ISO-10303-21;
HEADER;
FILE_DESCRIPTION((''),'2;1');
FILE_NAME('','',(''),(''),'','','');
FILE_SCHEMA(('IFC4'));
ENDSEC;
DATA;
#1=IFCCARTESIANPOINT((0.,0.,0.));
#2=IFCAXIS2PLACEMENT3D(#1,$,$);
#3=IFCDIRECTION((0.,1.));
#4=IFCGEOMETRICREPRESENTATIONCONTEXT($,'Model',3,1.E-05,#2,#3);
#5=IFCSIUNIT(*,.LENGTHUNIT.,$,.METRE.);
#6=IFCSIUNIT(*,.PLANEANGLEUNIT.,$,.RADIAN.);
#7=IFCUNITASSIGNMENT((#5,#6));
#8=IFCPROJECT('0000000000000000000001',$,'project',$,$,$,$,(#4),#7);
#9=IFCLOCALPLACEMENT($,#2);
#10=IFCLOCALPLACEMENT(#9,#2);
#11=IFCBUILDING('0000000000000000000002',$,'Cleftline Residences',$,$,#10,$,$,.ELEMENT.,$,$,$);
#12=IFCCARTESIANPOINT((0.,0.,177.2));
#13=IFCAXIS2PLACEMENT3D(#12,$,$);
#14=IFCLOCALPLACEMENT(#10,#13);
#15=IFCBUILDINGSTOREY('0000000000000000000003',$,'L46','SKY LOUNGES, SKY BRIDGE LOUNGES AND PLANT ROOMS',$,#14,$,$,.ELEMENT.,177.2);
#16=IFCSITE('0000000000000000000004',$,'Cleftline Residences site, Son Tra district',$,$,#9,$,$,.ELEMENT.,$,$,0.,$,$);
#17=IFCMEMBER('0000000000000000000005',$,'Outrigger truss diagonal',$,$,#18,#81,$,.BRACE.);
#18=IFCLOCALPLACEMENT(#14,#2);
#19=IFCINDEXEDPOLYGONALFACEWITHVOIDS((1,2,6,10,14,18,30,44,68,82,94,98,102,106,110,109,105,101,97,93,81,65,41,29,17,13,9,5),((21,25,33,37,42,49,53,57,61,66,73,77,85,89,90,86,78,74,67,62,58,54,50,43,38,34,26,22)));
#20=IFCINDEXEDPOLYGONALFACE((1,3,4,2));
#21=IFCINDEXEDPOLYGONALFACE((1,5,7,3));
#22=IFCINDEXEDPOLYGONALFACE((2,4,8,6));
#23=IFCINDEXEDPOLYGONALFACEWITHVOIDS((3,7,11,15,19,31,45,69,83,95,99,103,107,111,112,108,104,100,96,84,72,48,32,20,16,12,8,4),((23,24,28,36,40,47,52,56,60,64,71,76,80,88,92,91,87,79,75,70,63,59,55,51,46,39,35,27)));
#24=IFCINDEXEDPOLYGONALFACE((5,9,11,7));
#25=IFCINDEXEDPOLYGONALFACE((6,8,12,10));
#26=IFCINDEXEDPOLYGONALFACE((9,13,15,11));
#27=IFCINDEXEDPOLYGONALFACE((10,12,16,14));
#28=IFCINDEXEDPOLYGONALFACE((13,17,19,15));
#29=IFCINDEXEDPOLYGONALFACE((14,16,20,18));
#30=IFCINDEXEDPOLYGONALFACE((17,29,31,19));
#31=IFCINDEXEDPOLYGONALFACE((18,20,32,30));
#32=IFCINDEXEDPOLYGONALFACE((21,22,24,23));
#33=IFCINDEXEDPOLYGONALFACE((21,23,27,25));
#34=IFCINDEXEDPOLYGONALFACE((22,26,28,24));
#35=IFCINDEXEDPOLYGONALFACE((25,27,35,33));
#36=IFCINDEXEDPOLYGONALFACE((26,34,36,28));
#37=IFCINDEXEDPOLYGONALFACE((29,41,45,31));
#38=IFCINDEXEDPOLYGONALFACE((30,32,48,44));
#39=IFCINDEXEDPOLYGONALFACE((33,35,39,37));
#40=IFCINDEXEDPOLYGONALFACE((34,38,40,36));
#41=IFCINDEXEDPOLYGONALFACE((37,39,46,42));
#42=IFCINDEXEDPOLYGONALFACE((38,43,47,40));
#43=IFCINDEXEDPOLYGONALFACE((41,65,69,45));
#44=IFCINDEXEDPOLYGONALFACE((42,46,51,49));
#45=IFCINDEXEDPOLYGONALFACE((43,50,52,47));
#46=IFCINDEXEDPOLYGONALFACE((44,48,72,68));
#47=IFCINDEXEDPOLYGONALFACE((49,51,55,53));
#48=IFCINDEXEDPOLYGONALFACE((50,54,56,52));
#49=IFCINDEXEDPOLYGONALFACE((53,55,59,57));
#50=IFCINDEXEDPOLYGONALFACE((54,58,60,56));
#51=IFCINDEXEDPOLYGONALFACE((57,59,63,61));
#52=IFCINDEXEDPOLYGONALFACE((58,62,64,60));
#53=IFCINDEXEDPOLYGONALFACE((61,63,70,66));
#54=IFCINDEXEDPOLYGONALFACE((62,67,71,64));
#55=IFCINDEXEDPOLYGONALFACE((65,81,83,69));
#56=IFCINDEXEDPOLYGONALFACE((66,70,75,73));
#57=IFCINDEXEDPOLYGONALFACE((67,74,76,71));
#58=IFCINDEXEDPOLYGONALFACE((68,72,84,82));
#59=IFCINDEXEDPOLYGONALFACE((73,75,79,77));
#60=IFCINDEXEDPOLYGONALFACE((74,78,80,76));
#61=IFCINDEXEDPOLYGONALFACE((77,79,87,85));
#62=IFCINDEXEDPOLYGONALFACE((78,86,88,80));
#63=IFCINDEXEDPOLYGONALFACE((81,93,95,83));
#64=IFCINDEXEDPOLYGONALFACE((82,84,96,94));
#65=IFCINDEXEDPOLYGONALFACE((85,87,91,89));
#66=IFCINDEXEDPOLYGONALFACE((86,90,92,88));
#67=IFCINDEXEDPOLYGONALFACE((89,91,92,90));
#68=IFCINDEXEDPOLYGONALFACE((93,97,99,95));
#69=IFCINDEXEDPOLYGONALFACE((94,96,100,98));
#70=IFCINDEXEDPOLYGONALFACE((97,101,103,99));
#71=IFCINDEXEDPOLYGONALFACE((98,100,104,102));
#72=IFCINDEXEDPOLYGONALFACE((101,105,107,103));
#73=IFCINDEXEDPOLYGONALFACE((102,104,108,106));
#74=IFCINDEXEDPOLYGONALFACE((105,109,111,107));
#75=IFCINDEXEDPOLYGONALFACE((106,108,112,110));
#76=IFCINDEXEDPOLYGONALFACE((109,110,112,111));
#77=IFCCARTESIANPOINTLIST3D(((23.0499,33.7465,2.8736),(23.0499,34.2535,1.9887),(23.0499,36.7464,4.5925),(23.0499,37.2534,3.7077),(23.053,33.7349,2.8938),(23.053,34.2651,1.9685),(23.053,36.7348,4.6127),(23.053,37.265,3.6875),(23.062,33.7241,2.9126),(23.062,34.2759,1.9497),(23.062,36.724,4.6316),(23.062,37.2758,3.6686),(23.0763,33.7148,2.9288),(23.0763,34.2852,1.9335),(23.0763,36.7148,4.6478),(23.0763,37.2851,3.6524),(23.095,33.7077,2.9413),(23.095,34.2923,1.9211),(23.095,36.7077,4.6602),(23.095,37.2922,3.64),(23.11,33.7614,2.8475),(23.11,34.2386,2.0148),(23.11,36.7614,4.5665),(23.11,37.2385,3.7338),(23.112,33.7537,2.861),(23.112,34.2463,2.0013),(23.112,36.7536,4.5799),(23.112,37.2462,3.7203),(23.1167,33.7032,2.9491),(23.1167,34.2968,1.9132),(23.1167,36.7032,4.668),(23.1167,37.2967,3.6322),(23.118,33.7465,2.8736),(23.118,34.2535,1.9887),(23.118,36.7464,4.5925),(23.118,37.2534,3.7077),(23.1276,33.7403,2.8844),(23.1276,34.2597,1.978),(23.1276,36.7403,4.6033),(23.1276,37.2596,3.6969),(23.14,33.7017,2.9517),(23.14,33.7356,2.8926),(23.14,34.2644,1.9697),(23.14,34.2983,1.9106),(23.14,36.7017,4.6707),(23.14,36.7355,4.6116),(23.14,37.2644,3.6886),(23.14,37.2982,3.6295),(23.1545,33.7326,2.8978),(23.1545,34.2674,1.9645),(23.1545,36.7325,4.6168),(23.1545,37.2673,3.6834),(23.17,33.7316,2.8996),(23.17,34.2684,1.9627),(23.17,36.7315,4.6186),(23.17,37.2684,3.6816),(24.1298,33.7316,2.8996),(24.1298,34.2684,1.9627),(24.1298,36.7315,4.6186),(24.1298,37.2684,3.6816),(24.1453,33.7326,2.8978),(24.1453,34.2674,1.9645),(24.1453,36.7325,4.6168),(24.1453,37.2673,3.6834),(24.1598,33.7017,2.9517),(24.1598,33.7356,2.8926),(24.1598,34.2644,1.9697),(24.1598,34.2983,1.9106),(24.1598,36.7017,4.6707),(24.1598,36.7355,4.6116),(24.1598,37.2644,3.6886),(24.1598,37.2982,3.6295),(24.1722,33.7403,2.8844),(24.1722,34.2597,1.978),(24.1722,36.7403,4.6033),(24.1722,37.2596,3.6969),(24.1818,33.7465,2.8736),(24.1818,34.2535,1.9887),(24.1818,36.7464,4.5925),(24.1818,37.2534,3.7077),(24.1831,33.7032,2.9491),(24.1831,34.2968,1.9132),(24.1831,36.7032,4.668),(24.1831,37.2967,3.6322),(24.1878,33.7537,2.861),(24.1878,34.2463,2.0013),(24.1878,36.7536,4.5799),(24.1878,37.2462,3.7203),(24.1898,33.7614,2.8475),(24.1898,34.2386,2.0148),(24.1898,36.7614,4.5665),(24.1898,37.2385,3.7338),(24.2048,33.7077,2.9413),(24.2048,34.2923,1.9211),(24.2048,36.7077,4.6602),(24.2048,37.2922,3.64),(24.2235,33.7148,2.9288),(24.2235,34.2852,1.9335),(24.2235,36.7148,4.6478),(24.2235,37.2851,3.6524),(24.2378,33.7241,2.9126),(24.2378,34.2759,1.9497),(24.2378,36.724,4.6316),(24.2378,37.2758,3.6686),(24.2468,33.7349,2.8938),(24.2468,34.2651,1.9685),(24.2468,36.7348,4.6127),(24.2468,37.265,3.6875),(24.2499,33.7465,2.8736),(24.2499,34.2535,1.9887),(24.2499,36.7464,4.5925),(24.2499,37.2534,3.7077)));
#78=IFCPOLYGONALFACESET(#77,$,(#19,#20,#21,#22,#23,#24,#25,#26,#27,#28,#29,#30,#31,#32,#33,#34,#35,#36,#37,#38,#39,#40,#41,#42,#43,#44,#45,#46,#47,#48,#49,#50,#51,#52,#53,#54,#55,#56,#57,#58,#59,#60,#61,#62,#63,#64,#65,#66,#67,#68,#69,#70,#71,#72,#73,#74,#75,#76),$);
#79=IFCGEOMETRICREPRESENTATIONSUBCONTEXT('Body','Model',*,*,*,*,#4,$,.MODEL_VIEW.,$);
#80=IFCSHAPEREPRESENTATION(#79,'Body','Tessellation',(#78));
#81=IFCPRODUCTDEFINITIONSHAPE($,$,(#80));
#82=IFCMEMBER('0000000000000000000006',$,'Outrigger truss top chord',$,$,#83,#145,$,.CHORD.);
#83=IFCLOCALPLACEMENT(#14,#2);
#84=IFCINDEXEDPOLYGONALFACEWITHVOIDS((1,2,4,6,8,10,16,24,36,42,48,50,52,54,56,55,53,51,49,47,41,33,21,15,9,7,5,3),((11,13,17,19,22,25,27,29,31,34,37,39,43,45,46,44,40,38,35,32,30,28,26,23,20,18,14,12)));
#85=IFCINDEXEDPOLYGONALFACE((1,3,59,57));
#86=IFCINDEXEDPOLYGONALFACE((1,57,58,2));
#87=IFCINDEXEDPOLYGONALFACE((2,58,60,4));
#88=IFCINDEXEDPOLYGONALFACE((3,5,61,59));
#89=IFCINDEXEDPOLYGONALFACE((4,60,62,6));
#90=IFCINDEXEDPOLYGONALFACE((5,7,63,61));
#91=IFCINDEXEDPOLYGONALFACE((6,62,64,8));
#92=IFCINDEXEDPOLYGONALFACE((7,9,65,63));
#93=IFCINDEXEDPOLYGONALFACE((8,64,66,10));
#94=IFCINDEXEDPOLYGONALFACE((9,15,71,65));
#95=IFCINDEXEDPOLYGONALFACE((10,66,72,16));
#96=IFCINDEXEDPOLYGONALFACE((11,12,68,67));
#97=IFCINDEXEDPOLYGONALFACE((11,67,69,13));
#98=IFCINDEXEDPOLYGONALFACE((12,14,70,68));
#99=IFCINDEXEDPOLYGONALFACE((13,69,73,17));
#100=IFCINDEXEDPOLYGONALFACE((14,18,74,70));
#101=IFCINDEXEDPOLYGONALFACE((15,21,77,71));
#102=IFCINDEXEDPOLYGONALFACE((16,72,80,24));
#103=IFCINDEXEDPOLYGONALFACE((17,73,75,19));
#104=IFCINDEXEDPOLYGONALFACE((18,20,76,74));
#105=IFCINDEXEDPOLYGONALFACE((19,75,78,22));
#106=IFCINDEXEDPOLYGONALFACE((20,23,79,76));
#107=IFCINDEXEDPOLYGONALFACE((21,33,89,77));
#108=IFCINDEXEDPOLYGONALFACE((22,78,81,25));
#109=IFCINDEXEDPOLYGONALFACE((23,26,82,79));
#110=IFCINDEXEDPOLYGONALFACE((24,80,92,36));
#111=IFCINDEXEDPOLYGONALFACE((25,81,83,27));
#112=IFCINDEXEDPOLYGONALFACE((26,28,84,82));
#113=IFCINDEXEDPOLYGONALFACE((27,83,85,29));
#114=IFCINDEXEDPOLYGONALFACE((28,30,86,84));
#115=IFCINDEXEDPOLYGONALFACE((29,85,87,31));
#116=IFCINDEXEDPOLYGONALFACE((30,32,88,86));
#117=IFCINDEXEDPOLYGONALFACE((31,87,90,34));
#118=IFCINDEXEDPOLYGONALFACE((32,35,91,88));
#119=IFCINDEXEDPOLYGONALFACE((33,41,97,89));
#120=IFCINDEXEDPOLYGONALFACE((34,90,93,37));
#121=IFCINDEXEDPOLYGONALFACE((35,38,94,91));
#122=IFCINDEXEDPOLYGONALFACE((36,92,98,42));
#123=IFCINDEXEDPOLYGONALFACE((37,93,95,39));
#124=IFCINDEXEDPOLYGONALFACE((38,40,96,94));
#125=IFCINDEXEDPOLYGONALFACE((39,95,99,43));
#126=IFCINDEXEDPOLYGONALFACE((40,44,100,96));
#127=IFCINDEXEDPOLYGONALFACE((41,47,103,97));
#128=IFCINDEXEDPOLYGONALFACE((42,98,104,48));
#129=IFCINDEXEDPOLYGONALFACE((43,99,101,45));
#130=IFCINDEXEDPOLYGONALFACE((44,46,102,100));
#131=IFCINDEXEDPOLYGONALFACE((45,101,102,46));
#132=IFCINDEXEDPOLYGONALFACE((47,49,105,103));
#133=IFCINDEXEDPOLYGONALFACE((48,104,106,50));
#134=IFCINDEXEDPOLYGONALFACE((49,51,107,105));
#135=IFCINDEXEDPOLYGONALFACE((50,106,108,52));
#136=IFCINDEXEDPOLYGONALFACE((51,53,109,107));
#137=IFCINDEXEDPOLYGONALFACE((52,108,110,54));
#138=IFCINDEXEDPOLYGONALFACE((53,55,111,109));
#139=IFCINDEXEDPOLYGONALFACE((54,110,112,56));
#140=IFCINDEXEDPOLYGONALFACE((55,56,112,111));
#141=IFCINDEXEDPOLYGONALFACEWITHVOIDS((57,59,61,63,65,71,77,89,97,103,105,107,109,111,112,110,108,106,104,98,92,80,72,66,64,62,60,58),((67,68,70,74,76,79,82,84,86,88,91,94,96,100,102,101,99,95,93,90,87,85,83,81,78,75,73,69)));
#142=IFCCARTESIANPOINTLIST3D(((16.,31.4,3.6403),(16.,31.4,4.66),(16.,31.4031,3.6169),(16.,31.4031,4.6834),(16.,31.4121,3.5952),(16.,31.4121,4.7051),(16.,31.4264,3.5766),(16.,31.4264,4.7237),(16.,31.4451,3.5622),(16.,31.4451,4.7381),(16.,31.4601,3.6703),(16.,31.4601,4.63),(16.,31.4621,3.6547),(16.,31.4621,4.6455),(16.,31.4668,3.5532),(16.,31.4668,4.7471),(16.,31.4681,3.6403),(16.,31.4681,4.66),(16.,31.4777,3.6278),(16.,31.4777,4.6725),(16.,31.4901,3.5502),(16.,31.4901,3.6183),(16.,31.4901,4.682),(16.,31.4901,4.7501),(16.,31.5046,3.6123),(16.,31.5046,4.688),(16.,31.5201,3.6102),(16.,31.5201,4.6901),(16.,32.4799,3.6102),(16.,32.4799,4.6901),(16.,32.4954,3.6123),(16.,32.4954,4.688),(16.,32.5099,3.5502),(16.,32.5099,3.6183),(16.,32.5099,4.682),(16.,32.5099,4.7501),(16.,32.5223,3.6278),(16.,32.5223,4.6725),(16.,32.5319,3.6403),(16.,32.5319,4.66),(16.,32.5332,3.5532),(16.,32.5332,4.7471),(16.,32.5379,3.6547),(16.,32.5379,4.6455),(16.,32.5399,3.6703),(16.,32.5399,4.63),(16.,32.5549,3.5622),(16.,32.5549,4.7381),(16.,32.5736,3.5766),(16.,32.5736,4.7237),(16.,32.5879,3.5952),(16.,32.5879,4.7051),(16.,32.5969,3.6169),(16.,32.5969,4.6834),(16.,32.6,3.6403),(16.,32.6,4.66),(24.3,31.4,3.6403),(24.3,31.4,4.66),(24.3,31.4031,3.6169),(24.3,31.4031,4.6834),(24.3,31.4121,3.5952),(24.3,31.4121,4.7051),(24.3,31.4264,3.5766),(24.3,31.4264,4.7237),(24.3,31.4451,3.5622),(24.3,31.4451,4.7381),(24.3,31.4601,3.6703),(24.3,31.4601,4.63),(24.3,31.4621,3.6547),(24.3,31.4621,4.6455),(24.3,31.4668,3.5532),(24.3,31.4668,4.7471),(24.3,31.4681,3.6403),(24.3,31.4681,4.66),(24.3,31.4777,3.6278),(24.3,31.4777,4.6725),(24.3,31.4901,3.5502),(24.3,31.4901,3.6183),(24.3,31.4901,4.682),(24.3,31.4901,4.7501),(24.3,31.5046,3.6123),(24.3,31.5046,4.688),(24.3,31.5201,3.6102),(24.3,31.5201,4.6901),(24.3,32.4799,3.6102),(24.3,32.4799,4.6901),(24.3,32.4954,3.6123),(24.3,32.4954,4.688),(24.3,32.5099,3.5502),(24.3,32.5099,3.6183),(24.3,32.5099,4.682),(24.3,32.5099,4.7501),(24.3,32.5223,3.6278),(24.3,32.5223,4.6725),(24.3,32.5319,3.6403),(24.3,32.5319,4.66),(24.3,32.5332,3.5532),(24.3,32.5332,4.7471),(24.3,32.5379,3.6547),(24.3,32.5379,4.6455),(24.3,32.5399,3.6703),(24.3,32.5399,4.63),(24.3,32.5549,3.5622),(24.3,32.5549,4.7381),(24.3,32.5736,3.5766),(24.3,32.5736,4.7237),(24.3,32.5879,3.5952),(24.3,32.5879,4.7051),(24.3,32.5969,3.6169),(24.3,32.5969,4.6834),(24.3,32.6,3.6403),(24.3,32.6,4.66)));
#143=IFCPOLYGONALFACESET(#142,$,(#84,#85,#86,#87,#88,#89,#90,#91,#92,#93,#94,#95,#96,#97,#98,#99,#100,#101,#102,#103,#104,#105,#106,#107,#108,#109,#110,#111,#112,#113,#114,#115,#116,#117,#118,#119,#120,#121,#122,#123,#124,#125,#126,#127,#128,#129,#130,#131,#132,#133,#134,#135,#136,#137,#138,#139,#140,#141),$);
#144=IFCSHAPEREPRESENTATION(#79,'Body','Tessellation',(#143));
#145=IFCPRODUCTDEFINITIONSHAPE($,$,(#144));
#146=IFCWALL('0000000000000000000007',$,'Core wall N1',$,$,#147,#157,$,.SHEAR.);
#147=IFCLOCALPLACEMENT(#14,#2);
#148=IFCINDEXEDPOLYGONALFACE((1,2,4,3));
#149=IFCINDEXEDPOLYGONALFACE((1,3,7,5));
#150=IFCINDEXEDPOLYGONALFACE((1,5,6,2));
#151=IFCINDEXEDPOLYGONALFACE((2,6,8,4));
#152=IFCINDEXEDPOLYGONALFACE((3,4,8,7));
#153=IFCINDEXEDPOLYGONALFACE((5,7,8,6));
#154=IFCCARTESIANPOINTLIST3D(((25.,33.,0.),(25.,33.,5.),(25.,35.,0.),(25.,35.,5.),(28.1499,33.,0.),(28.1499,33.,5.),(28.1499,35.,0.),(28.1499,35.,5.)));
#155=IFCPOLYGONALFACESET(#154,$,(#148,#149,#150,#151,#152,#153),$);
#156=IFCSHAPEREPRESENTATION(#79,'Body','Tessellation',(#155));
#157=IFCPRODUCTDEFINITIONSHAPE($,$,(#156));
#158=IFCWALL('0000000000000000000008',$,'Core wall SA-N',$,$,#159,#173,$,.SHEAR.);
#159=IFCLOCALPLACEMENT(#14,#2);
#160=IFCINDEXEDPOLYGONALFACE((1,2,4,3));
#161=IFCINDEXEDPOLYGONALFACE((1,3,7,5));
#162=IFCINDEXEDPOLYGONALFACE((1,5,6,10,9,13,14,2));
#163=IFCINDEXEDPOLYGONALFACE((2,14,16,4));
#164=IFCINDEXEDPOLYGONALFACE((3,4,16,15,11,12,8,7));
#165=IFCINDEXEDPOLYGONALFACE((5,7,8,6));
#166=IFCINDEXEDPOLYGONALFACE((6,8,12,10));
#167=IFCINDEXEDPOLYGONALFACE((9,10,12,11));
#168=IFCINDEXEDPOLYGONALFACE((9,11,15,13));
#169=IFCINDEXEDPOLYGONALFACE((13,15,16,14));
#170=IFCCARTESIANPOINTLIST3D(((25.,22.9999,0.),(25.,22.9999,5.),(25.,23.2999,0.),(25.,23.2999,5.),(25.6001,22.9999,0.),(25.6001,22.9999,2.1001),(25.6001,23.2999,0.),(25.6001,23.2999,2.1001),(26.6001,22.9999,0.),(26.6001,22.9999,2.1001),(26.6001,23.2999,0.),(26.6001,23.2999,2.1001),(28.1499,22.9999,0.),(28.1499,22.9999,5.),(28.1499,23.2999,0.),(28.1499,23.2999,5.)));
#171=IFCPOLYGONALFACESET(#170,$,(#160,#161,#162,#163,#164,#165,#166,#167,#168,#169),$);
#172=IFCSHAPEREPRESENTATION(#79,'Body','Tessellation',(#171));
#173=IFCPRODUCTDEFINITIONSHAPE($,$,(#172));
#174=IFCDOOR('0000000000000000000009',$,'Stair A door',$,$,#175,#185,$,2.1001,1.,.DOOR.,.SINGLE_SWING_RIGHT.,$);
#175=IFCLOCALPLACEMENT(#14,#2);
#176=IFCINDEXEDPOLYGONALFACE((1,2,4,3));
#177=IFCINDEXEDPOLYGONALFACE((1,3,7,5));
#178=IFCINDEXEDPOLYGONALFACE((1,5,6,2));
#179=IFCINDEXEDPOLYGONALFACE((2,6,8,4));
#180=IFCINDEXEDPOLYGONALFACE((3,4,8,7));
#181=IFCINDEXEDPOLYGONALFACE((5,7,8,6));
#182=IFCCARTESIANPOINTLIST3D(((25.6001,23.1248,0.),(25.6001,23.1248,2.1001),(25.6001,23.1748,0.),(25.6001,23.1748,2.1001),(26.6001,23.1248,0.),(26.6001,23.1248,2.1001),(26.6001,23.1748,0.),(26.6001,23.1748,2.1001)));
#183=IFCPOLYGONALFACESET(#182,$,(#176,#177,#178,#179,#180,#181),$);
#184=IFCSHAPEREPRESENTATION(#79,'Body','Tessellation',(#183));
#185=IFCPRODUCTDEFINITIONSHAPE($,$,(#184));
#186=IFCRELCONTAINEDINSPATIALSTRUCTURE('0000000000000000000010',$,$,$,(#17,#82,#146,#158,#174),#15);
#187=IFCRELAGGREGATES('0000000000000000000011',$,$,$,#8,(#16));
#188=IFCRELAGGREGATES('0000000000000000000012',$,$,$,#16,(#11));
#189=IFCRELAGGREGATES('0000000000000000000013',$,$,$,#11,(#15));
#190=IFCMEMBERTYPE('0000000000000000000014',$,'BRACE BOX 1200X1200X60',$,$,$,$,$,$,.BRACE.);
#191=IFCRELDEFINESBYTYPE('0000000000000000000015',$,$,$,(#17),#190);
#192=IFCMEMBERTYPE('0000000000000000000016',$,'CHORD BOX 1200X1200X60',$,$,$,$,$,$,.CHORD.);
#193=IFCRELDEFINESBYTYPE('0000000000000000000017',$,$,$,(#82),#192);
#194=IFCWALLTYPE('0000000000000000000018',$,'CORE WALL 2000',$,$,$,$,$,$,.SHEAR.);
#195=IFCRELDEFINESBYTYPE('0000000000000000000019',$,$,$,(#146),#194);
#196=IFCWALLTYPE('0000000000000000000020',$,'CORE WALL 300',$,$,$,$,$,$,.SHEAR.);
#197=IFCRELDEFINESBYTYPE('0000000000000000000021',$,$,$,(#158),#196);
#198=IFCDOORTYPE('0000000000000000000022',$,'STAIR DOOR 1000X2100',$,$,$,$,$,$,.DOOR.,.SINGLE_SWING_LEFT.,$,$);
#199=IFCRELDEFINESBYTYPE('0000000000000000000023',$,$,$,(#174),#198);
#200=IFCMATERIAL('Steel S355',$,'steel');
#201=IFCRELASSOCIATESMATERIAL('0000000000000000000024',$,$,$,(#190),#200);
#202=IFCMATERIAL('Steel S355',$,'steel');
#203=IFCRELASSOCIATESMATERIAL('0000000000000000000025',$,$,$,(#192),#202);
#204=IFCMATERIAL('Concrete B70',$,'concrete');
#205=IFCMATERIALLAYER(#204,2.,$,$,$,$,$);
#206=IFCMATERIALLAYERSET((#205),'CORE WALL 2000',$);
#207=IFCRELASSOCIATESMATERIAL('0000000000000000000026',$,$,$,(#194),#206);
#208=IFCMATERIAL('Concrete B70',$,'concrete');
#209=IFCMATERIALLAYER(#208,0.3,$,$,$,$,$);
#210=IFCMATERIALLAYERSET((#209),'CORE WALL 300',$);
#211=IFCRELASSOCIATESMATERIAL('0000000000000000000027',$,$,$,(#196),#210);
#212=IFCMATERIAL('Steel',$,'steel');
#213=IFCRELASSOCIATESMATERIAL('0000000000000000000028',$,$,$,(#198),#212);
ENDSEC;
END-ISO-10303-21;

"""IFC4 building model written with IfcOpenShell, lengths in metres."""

from ifc_helpers import new_model, si_unit, direction, frame, frame_2d, origin, origin_2d, place, context, subcontext, project, spatial, rectangle, hollow_rectangle, extrude, material, layer, layer_set, material_profile, profile_set, type_object, element, fill, save


model = new_model("IFC4")

# Units and contexts
model_context = context("Model", 3, precision=1e-05, world=origin(), true_north=direction((0.0, 1.0)))
body_context = subcontext(model_context, "Body", "Model", "MODEL_VIEW")
ifc_project = project(units=[si_unit("LENGTHUNIT", "METRE"), si_unit("PLANEANGLEUNIT", "RADIAN")], contexts=[model_context])

# Site, building, storey
site_placement = place(None, origin())
site = spatial("IfcSite", under=ifc_project, at=site_placement, Name="Cleftline Residences site, Son Tra district", CompositionType="ELEMENT", RefElevation=0.0)
building_placement = place(site_placement, origin())
building = spatial("IfcBuilding", under=site, at=building_placement, Name="Cleftline Residences", CompositionType="ELEMENT")
storey_placement = place(building_placement, frame((0.0, 0.0, 177.2)))
storey = spatial("IfcBuildingStorey", under=building, at=storey_placement, Name="L46", Description="SKY LOUNGES, SKY BRIDGE LOUNGES AND PLANT ROOMS", CompositionType="ELEMENT", Elevation=177.2)

# Members
ifc_material_1 = material(Name="Steel S355", Category="steel")
ifc_material_profile_1 = material_profile(ifc_material_1, hollow_rectangle(XDim=1.2, YDim=1.2, WallThickness=0.0601, InnerFilletRadius=0.0601, OuterFilletRadius=0.0901, at=origin_2d()))
ifc_profile_set_1 = profile_set([ifc_material_profile_1], Name="Steel S355")
member_type_1 = type_object("IfcMemberType", Name="BRACE BOX 1200X1200X60", PredefinedType="BRACE", material=ifc_profile_set_1)
member_1_placement = place(storey_placement, frame((23.6499, 34.0, 2.4312), z_axis=(0.0, 0.867656, 0.497165), x_axis=(0.0, -0.497165, 0.867656)))
element("IfcMember", 1, at=member_1_placement, inside=storey, type_object=member_type_1, Name="Outrigger truss diagonal", PredefinedType="BRACE", context=body_context, shape_type="SweptSolid", body=[
    extrude(hollow_rectangle(XDim=1.2, YDim=1.2, WallThickness=0.0601, InnerFilletRadius=0.0601, OuterFilletRadius=0.0901, at=origin_2d()), origin(), (0.0, 0.0, 1.0), 3.4575),
])
ifc_material_2 = material(Name="Steel S355", Category="steel")
ifc_material_profile_2 = material_profile(ifc_material_2, hollow_rectangle(XDim=1.2, YDim=1.2, WallThickness=0.0601, InnerFilletRadius=0.0601, OuterFilletRadius=0.0901, at=origin_2d()))
ifc_profile_set_2 = profile_set([ifc_material_profile_2], Name="Steel S355")
member_type_2 = type_object("IfcMemberType", Name="CHORD BOX 1200X1200X60", PredefinedType="CHORD", material=ifc_profile_set_2)
member_2_placement = place(storey_placement, frame((24.3, 32.0, 4.1501), z_axis=(-1.0, 0.0, 0.0), x_axis=(0.0, -1.0, 0.0)))
element("IfcMember", 2, at=member_2_placement, inside=storey, type_object=member_type_2, Name="Outrigger truss top chord", PredefinedType="CHORD", context=body_context, shape_type="SweptSolid", body=[
    extrude(hollow_rectangle(XDim=1.2, YDim=1.2, WallThickness=0.0601, InnerFilletRadius=0.0601, OuterFilletRadius=0.0901, at=origin_2d()), origin(), (0.0, 0.0, 1.0), 8.3),
])

# Wall
ifc_material_3 = material(Name="Concrete B70", Category="concrete")
ifc_layer_1 = layer(ifc_material_3, 2.0)
ifc_layer_set_1 = layer_set([ifc_layer_1], Name="CORE WALL 2000")
wall_type_1 = type_object("IfcWallType", Name="CORE WALL 2000", PredefinedType="SHEAR", material=ifc_layer_set_1)
wall_1_placement = place(storey_placement, frame((25.0, 34.0, 0.0), z_axis=(0.0, 0.0, 1.0), x_axis=(1.0, 0.0, 0.0)))
element("IfcWall", 3, at=wall_1_placement, inside=storey, type_object=wall_type_1, Name="Core wall N1", PredefinedType="SHEAR", context=body_context, shape_type="SweptSolid", body=[
    extrude(rectangle(XDim=3.1499, YDim=2.0, at=frame_2d((1.575, 0.0))), origin(), (0.0, 0.0, 1.0), 5.0),
])

# Wall, opening, door
ifc_material_4 = material(Name="Concrete B70", Category="concrete")
ifc_layer_2 = layer(ifc_material_4, 0.3)
ifc_layer_set_2 = layer_set([ifc_layer_2], Name="CORE WALL 300")
wall_type_2 = type_object("IfcWallType", Name="CORE WALL 300", PredefinedType="SHEAR", material=ifc_layer_set_2)
wall_2_placement = place(storey_placement, frame((25.0, 23.1499, 0.0), z_axis=(0.0, 0.0, 1.0), x_axis=(1.0, 0.0, 0.0)))
wall_2 = element("IfcWall", 4, at=wall_2_placement, inside=storey, type_object=wall_type_2, Name="Core wall SA-N", PredefinedType="SHEAR", context=body_context, shape_type="SweptSolid", body=[
    extrude(rectangle(XDim=3.1499, YDim=0.3, at=frame_2d((1.575, 0.0))), origin(), (0.0, 0.0, 1.0), 5.0),
])
opening_1_placement = place(wall_2_placement, frame((0.6001, 0.0, 0.0)))
opening_1 = element("IfcOpeningElement", 5, at=opening_1_placement, cuts=wall_2, PredefinedType="OPENING", context=body_context, shape_type="SweptSolid", body=[
    extrude(rectangle(XDim=1.0, YDim=2.1001, at=frame_2d((0.5, 1.05))), frame((0.0, 0.1599, 0.0), z_axis=(0.0, -1.0, 0.0), x_axis=(1.0, 0.0, 0.0)), (0.0, 0.0, 1.0), 0.3201),
])
ifc_material_5 = material(Name="Steel", Category="steel")
door_type_1 = type_object("IfcDoorType", Name="STAIR DOOR 1000X2100", OperationType="SINGLE_SWING_LEFT", PredefinedType="DOOR", material=ifc_material_5)
door_1_placement = place(opening_1_placement, origin())
door_1 = element("IfcDoor", 6, at=door_1_placement, inside=storey, type_object=door_type_1, Name="Stair A door", OperationType="SINGLE_SWING_RIGHT", OverallHeight=2.1001, OverallWidth=1.0, PredefinedType="DOOR", context=body_context, shape_type="SweptSolid", body=[
    extrude(rectangle(XDim=1.0, YDim=2.1001, at=frame_2d((0.5, 1.05))), frame((0.0, 0.0249, 0.0), z_axis=(0.0, -1.0, 0.0), x_axis=(1.0, 0.0, 0.0)), (0.0, 0.0, 1.0), 0.05),
])
fill(opening_1, door_1)

save(model, "model.ifc")
